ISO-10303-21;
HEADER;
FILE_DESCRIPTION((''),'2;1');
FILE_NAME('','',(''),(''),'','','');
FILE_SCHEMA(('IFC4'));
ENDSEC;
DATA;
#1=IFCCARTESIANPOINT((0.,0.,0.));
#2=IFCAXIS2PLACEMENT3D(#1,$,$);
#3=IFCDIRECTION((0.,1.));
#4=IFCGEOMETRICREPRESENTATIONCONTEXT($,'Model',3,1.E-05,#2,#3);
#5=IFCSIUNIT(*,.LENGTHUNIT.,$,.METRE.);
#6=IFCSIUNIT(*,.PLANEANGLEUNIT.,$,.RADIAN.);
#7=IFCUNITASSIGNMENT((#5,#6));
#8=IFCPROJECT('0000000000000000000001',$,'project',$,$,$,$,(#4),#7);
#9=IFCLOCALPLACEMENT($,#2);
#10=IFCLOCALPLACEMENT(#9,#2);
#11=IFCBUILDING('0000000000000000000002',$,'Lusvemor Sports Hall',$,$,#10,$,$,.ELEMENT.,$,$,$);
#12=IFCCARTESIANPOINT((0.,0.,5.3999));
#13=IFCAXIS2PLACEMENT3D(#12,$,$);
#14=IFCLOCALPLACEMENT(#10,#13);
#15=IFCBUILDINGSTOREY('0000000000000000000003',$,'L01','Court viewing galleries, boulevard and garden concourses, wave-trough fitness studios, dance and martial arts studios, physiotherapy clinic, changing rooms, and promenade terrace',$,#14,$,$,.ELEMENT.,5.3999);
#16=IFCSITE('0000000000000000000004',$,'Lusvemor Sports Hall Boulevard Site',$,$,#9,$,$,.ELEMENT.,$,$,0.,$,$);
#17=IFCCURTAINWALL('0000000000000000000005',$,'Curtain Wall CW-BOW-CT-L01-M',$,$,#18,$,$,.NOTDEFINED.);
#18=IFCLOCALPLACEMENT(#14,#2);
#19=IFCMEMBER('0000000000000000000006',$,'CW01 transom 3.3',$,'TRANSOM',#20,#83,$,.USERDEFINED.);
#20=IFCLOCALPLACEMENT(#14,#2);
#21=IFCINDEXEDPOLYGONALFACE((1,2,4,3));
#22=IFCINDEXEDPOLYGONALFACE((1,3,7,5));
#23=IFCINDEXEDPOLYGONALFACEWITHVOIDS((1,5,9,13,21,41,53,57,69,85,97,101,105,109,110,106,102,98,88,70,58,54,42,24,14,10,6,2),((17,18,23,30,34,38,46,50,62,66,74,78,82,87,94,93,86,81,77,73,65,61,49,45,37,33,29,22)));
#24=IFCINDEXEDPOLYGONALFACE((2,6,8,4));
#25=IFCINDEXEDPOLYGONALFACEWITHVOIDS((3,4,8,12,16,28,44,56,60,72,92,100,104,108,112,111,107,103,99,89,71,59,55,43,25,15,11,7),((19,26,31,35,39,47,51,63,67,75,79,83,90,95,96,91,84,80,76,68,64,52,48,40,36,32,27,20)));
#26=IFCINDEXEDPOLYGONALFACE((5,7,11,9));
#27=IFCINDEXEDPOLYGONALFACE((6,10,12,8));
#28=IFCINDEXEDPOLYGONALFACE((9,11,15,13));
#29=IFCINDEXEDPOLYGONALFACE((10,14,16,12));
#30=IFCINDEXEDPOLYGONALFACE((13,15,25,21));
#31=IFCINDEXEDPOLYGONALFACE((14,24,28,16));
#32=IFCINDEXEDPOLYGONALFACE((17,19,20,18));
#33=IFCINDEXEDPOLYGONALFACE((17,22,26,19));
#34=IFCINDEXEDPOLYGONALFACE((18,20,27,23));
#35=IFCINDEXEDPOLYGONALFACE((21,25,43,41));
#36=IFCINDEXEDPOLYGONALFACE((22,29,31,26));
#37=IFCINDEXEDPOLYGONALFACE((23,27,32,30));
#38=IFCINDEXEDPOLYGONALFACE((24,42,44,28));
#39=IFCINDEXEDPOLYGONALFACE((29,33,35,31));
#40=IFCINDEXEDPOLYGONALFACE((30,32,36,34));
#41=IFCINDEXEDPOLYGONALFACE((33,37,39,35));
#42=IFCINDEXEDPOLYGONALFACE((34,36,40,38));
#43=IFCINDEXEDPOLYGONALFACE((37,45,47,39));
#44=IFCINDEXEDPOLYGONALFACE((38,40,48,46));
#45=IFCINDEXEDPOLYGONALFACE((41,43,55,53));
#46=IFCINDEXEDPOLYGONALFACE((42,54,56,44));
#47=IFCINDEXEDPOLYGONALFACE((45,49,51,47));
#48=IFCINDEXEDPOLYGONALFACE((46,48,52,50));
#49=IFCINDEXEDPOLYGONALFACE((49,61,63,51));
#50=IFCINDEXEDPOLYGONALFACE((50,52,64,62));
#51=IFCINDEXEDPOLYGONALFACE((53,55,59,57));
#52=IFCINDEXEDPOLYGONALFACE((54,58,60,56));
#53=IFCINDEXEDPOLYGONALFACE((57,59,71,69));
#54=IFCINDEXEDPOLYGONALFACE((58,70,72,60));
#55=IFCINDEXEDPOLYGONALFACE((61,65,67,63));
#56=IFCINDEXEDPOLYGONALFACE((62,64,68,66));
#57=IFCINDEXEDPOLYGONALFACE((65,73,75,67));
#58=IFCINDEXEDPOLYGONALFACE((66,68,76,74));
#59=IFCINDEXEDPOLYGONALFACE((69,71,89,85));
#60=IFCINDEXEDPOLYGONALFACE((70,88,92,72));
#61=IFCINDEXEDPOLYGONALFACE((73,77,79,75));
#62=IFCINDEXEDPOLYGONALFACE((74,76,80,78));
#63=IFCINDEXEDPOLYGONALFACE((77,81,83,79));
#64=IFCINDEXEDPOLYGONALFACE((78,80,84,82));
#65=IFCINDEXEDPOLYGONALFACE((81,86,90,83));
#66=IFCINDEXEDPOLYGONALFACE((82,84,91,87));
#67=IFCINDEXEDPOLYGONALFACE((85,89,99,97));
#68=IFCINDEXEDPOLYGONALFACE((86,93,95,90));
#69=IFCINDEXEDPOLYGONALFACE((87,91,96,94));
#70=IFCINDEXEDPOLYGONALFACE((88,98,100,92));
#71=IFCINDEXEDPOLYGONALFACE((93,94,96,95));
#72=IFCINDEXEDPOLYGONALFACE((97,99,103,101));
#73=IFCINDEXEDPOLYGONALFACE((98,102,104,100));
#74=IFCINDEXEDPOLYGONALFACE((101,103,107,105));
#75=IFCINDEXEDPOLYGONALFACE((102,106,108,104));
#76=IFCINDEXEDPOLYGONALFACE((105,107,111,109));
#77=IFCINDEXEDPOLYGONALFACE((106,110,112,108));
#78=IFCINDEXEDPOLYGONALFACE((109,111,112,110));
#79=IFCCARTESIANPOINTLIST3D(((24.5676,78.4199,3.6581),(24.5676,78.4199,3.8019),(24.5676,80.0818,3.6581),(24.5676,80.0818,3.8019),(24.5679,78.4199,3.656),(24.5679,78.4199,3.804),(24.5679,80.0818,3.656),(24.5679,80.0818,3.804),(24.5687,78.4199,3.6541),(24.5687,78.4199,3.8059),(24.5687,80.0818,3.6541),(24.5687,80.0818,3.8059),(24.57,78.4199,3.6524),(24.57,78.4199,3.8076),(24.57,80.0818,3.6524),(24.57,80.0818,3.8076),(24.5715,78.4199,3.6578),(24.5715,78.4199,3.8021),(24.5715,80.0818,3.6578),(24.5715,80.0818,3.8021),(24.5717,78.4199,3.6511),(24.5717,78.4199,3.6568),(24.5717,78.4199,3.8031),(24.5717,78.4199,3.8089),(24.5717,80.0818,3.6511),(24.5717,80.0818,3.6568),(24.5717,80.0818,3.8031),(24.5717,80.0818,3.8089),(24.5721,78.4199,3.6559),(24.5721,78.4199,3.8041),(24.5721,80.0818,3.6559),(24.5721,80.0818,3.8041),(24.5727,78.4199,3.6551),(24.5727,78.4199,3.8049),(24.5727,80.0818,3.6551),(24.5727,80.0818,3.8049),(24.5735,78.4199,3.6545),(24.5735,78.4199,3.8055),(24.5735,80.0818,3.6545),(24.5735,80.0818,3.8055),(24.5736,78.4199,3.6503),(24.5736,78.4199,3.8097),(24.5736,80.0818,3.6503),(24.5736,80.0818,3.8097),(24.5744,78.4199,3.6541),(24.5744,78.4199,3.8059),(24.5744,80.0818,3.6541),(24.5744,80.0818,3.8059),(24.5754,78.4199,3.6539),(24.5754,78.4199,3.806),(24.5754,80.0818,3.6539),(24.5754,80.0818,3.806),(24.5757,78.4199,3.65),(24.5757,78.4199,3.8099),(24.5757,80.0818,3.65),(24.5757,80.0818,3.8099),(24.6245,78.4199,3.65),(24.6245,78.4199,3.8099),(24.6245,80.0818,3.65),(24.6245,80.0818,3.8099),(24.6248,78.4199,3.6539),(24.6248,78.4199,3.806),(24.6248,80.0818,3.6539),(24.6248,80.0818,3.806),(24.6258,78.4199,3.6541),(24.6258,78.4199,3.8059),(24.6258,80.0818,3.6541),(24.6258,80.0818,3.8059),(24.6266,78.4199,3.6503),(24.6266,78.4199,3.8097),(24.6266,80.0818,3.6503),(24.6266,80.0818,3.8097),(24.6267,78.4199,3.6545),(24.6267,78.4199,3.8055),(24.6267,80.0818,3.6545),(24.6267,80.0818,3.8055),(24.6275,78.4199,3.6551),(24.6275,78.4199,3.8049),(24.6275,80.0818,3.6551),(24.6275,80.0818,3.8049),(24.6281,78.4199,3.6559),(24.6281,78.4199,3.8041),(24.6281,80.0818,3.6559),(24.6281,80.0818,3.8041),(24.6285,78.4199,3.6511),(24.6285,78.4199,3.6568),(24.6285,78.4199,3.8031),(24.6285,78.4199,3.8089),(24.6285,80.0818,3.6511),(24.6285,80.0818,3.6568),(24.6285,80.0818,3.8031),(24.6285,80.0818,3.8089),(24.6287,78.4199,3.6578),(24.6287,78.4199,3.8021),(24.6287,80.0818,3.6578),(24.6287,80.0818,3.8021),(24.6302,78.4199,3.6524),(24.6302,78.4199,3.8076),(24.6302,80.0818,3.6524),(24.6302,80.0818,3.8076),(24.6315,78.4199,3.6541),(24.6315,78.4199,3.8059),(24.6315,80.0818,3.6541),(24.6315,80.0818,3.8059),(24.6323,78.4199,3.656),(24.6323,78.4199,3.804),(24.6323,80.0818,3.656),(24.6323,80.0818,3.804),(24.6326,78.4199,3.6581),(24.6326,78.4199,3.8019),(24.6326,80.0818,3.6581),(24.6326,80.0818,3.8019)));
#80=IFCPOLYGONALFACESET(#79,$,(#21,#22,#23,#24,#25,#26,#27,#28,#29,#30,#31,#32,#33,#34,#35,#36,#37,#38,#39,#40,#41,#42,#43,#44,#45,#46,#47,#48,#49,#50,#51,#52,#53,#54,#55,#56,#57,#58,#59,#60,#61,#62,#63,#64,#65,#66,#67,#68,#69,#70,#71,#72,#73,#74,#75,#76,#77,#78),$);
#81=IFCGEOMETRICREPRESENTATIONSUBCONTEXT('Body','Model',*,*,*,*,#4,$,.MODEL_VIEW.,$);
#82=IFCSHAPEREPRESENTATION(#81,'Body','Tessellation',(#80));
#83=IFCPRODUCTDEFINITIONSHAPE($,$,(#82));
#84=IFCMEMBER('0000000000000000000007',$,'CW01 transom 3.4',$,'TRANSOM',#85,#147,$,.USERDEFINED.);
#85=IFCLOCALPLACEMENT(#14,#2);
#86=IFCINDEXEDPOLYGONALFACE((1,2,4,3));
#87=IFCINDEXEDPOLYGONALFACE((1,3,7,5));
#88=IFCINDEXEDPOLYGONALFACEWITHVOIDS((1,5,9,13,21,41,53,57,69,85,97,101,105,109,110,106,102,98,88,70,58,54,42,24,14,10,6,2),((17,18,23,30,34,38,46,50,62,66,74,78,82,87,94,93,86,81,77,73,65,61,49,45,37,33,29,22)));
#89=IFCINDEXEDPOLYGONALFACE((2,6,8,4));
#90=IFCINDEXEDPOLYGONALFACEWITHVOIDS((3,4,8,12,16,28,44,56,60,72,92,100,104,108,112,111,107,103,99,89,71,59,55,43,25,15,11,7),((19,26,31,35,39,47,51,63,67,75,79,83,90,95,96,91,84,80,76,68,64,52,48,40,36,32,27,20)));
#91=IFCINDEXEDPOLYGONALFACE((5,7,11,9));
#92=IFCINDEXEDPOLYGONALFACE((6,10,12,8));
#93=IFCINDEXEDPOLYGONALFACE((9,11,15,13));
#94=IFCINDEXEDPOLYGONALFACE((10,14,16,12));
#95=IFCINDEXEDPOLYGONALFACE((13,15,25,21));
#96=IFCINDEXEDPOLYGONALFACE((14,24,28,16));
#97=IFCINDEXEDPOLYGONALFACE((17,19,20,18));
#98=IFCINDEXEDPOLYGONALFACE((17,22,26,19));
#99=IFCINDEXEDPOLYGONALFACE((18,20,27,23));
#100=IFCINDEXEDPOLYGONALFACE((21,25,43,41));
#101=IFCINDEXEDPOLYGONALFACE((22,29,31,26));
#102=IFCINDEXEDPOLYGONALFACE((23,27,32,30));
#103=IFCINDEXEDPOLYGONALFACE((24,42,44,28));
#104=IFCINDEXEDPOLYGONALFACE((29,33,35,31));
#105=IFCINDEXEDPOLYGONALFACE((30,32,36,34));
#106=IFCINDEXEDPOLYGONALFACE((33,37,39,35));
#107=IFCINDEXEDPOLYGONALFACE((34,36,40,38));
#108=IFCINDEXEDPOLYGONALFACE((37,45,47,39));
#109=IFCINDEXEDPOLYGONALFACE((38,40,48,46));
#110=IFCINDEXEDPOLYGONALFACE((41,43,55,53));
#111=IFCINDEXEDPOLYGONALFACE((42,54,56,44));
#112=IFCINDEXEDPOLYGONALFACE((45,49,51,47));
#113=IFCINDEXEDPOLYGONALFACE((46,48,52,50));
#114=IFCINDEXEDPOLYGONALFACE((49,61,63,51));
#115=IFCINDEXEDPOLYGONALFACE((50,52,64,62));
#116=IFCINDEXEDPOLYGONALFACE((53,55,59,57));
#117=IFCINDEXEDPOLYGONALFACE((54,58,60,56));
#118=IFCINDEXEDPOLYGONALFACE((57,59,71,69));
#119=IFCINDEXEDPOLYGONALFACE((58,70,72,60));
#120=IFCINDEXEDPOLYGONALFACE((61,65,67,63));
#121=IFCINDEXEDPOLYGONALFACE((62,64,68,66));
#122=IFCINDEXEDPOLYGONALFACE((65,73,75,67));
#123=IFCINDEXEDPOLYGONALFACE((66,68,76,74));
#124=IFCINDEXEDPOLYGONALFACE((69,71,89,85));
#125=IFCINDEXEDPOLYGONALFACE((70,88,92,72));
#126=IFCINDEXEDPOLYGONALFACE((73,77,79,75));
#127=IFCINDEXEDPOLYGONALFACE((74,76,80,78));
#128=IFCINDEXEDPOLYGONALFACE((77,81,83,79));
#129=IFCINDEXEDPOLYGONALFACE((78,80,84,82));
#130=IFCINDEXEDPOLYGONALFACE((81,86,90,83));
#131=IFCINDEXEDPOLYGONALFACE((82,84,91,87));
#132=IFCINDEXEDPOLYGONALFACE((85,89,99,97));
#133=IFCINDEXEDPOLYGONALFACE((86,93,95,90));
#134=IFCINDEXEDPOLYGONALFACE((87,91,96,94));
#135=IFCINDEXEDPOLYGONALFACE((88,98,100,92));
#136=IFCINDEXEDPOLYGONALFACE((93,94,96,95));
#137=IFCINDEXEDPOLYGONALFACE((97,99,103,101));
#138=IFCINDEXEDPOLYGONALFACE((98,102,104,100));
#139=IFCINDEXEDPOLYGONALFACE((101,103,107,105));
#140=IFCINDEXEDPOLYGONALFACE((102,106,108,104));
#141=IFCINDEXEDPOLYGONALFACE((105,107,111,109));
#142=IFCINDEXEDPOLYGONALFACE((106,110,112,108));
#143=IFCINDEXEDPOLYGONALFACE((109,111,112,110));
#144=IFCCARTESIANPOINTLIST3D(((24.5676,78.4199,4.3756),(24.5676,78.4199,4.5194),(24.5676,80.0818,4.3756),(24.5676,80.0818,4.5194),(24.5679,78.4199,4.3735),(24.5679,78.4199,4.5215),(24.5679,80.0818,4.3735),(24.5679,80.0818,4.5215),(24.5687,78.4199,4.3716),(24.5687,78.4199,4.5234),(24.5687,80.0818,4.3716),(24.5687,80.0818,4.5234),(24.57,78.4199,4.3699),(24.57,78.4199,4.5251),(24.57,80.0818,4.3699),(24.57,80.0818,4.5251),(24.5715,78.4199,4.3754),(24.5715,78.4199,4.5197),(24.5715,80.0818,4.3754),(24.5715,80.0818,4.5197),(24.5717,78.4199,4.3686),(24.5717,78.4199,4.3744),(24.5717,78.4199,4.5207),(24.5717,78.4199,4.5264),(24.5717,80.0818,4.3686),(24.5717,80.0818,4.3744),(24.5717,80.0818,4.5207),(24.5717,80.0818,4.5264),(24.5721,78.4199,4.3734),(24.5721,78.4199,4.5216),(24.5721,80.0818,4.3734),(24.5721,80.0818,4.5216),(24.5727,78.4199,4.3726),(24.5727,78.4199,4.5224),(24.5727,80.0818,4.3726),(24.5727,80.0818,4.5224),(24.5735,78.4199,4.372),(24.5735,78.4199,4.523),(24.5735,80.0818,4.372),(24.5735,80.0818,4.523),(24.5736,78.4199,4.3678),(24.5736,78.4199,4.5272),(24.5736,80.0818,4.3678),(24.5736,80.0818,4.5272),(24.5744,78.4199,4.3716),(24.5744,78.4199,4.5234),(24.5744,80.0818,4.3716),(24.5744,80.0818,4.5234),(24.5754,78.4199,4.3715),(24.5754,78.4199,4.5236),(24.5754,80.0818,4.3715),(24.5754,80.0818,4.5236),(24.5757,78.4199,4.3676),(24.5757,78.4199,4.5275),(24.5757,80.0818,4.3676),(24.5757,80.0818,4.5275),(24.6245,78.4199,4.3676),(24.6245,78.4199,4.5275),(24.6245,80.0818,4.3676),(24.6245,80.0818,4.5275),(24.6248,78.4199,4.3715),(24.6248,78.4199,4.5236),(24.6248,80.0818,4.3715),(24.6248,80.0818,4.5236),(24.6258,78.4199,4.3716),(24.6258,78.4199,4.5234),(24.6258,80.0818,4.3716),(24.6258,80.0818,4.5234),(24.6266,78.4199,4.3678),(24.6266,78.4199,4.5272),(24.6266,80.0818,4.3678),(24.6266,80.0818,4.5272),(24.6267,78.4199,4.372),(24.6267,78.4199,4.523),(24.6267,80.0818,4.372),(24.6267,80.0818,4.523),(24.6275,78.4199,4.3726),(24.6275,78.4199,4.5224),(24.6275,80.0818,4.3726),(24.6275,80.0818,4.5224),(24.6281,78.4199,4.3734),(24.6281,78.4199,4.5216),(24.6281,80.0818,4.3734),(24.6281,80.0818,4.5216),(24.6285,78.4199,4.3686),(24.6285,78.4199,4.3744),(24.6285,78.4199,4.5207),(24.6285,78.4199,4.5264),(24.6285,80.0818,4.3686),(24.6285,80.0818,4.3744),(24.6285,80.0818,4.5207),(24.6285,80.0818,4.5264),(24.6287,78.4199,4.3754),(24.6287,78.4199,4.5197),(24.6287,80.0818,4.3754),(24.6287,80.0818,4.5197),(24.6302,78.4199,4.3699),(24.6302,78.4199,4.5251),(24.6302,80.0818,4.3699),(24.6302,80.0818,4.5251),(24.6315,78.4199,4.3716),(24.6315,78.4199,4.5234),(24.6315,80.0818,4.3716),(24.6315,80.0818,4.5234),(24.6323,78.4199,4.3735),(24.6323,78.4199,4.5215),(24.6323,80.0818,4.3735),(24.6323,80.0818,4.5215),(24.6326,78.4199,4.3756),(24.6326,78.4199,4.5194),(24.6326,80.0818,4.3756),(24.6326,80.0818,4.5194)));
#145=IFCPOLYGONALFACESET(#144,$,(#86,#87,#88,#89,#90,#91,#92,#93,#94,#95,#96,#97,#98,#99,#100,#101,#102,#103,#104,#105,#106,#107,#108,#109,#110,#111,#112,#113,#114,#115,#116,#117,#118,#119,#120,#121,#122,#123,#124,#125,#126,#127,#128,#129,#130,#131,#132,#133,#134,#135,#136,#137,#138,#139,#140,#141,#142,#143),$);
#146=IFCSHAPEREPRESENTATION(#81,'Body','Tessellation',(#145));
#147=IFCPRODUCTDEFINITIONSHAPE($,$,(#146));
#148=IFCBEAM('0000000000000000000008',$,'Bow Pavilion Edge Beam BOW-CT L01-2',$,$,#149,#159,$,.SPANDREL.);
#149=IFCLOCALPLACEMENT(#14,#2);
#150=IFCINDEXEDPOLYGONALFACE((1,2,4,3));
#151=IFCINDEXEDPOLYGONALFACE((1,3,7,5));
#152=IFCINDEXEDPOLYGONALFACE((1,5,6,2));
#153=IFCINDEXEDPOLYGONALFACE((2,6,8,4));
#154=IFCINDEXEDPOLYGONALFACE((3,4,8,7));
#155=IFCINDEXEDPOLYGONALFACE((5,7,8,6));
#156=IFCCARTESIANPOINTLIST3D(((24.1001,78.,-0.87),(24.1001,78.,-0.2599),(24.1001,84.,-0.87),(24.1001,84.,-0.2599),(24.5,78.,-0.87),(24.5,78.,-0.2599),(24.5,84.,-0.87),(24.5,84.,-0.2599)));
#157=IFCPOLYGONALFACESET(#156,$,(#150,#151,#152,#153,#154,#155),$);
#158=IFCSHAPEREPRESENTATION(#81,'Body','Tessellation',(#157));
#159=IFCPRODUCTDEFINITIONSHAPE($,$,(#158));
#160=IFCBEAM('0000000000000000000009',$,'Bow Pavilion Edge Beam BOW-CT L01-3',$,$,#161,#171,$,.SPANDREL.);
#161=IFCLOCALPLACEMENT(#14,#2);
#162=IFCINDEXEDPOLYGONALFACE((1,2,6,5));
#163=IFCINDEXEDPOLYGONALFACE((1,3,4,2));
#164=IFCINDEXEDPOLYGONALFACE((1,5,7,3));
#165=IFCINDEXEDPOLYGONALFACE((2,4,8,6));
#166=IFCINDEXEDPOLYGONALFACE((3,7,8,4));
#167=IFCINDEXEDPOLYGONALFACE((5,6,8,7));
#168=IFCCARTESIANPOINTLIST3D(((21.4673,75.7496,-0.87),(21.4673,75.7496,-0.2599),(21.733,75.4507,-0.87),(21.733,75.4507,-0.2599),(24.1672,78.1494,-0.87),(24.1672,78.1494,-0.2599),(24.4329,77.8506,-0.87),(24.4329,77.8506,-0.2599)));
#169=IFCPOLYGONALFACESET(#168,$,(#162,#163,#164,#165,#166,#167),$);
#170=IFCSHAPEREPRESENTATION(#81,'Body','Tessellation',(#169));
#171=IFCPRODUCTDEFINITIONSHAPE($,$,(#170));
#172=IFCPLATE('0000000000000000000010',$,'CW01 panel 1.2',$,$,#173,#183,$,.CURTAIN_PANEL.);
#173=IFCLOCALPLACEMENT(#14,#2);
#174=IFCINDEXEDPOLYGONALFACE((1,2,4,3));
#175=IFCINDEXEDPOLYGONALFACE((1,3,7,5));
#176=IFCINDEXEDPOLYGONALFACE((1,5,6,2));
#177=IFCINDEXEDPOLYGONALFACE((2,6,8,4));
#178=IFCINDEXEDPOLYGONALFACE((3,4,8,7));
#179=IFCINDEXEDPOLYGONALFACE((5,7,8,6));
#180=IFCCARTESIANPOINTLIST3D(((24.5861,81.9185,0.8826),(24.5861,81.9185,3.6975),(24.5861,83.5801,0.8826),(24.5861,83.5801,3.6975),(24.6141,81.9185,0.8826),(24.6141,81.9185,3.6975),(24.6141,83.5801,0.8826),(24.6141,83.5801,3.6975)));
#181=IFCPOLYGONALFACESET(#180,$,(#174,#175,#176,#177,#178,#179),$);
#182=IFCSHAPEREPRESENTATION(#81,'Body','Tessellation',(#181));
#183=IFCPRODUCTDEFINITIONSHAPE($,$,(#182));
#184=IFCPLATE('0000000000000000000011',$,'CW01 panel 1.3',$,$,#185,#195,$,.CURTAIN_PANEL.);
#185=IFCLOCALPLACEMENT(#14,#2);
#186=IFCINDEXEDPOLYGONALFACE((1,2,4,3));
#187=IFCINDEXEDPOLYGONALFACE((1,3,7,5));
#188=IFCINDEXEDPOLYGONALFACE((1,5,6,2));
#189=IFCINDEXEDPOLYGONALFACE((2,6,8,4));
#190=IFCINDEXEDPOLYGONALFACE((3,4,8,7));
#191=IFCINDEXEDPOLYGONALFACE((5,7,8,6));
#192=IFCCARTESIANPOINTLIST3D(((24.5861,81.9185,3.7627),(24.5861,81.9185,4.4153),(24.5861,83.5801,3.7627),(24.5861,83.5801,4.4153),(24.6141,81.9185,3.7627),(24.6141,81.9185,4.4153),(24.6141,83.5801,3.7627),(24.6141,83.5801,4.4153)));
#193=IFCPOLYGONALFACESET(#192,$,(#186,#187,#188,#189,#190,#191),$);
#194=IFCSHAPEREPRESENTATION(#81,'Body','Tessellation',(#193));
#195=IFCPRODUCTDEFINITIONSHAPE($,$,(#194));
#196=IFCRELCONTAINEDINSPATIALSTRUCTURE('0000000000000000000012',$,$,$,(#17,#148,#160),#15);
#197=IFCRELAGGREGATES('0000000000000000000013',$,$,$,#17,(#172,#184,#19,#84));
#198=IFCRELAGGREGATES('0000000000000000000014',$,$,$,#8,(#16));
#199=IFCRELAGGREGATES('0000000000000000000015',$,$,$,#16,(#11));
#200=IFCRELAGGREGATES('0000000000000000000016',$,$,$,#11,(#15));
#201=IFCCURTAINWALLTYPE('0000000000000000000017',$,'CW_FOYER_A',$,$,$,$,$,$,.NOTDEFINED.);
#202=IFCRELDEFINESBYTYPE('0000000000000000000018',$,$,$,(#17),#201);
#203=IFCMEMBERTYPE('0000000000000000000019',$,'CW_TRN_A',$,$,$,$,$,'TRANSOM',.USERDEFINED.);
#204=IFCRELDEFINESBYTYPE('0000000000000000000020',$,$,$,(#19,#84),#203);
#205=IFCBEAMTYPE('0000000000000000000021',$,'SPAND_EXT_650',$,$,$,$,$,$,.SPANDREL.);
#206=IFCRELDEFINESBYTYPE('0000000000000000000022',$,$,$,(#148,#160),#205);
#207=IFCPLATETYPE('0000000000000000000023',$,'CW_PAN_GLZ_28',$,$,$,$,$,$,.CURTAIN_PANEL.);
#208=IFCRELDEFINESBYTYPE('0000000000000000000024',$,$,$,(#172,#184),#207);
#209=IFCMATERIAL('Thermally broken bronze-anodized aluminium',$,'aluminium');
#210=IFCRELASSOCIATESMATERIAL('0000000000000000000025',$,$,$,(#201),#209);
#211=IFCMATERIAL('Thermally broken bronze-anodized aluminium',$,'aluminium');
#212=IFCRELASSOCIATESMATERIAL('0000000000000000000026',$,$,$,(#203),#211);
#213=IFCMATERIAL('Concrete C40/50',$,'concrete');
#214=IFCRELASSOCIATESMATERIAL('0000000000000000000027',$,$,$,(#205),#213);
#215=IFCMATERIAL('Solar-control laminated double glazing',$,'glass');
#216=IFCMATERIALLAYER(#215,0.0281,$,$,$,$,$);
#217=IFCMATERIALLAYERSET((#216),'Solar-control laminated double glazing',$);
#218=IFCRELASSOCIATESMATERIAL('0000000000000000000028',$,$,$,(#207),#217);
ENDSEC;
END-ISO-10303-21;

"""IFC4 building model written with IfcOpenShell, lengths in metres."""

from ifc_helpers import new_model, si_unit, direction, frame, origin, origin_2d, place, context, subcontext, project, spatial, rectangle, hollow_rectangle, extrude, material, layer, layer_set, material_profile, profile_set, type_object, element, aggregate, save


model = new_model("IFC4")

# Units and contexts
model_context = context("Model", 3, precision=1e-05, world=origin(), true_north=direction((0.0, 1.0)))
body_context = subcontext(model_context, "Body", "Model", "MODEL_VIEW")
ifc_project = project(units=[si_unit("LENGTHUNIT", "METRE"), si_unit("PLANEANGLEUNIT", "RADIAN")], contexts=[model_context])

# Site, building, storey
site_placement = place(None, origin())
site = spatial("IfcSite", under=ifc_project, at=site_placement, Name="Lusvemor Sports Hall Boulevard Site", CompositionType="ELEMENT", RefElevation=0.0)
building_placement = place(site_placement, origin())
building = spatial("IfcBuilding", under=site, at=building_placement, Name="Lusvemor Sports Hall", CompositionType="ELEMENT")
storey_placement = place(building_placement, frame((0.0, 0.0, 5.3999)))
storey = spatial("IfcBuildingStorey", under=building, at=storey_placement, Name="L01", Description="Court viewing galleries, boulevard and garden concourses, wave-trough fitness studios, dance and martial arts studios, physiotherapy clinic, changing rooms, and promenade terrace", CompositionType="ELEMENT", Elevation=5.3999)

# Curtain wall, members
ifc_material_1 = material(Name="Thermally broken bronze-anodized aluminium", Category="aluminium")
curtain_wall_type = type_object("IfcCurtainWallType", Name="CW_FOYER_A", PredefinedType="NOTDEFINED", material=ifc_material_1)
curtain_wall_placement = place(storey_placement, origin())
curtain_wall = element("IfcCurtainWall", 1, at=curtain_wall_placement, inside=storey, type_object=curtain_wall_type, Name="Curtain Wall CW-BOW-CT-L01-M", PredefinedType="NOTDEFINED")
ifc_material_2 = material(Name="Thermally broken bronze-anodized aluminium", Category="aluminium")
ifc_material_profile_1 = material_profile(ifc_material_2, hollow_rectangle(XDim=0.0649, YDim=0.1599, WallThickness=0.0039, InnerFilletRadius=0.0039, OuterFilletRadius=0.0081, at=origin_2d()), Name="CWTRN160x65x4")
ifc_profile_set_1 = profile_set([ifc_material_profile_1], Name="Thermally broken bronze-anodized aluminium")
member_type_1 = type_object("IfcMemberType", Name="CW_TRN_A", ElementType="TRANSOM", PredefinedType="USERDEFINED", material=ifc_profile_set_1)
member_1_placement = place(storey_placement, frame((24.6001, 80.0818, 3.73), z_axis=(0.0, -1.0, 0.0), x_axis=(1.0, 0.0, 0.0)))
member_1 = element("IfcMember", 2, at=member_1_placement, type_object=member_type_1, Name="CW01 transom 3.3", ObjectType="TRANSOM", PredefinedType="USERDEFINED", context=body_context, shape_type="SweptSolid", body=[
    extrude(hollow_rectangle(XDim=0.0649, YDim=0.1599, WallThickness=0.0039, InnerFilletRadius=0.0039, OuterFilletRadius=0.0081, at=origin_2d()), origin(), (0.0, 0.0, 1.0), 1.6619),
])
member_2_placement = place(storey_placement, frame((24.6001, 80.0818, 4.4475), z_axis=(0.0, -1.0, 0.0), x_axis=(1.0, 0.0, 0.0)))
member_2 = element("IfcMember", 3, at=member_2_placement, type_object=member_type_1, Name="CW01 transom 3.4", ObjectType="TRANSOM", PredefinedType="USERDEFINED", context=body_context, shape_type="SweptSolid", body=[
    extrude(hollow_rectangle(XDim=0.0649, YDim=0.1599, WallThickness=0.0039, InnerFilletRadius=0.0039, OuterFilletRadius=0.0081, at=origin_2d()), origin(), (0.0, 0.0, 1.0), 1.6619),
])

# Beams
ifc_material_3 = material(Name="Concrete C40/50", Category="concrete")
ifc_material_profile_2 = material_profile(ifc_material_3, rectangle(XDim=0.3999, YDim=0.6101, at=origin_2d()), Name="RC400x610")
ifc_profile_set_2 = profile_set([ifc_material_profile_2], Name="Concrete C40/50")
beam_type = type_object("IfcBeamType", Name="SPAND_EXT_650", PredefinedType="SPANDREL", material=ifc_profile_set_2)
beam_1_placement = place(storey_placement, frame((24.3, 84.0, -0.5649), z_axis=(0.0, -1.0, 0.0), x_axis=(1.0, 0.0, 0.0)))
element("IfcBeam", 4, at=beam_1_placement, inside=storey, type_object=beam_type, Name="Bow Pavilion Edge Beam BOW-CT L01-2", PredefinedType="SPANDREL", context=body_context, shape_type="SweptSolid", body=[
    extrude(rectangle(XDim=0.3999, YDim=0.6101, at=origin_2d()), origin(), (0.0, 0.0, 1.0), 6.0),
])
beam_2_placement = place(storey_placement, frame((24.3, 78.0, -0.5649), z_axis=(-0.747417, -0.664355, 0.0), x_axis=(0.664355, -0.747417, 0.0)))
element("IfcBeam", 5, at=beam_2_placement, inside=storey, type_object=beam_type, Name="Bow Pavilion Edge Beam BOW-CT L01-3", PredefinedType="SPANDREL", context=body_context, shape_type="SweptSolid", body=[
    extrude(rectangle(XDim=0.3999, YDim=0.6101, at=origin_2d()), origin(), (0.0, 0.0, 1.0), 3.6123),
])

# Plates
ifc_material_4 = material(Name="Solar-control laminated double glazing", Category="glass")
ifc_layer_1 = layer(ifc_material_4, 0.0281)
ifc_layer_set_1 = layer_set([ifc_layer_1], Name="Solar-control laminated double glazing")
plate_type_1 = type_object("IfcPlateType", Name="CW_PAN_GLZ_28", PredefinedType="CURTAIN_PANEL", material=ifc_layer_set_1)
plate_1_placement = place(storey_placement, frame((24.6001, 82.7493, 0.8826), z_axis=(0.0, 0.0, 1.0), x_axis=(0.0, -1.0, 0.0)))
plate_1 = element("IfcPlate", 6, at=plate_1_placement, type_object=plate_type_1, Name="CW01 panel 1.2", PredefinedType="CURTAIN_PANEL", context=body_context, shape_type="SweptSolid", body=[
    extrude(rectangle(XDim=1.6616, YDim=0.0281, at=origin_2d()), origin(), (0.0, 0.0, 1.0), 2.8149),
])
plate_2_placement = place(storey_placement, frame((24.6001, 82.7493, 3.7627), z_axis=(0.0, 0.0, 1.0), x_axis=(0.0, -1.0, 0.0)))
plate_2 = element("IfcPlate", 7, at=plate_2_placement, type_object=plate_type_1, Name="CW01 panel 1.3", PredefinedType="CURTAIN_PANEL", context=body_context, shape_type="SweptSolid", body=[
    extrude(rectangle(XDim=1.6616, YDim=0.0281, at=origin_2d()), origin(), (0.0, 0.0, 1.0), 0.6526),
])
aggregate(curtain_wall, [plate_1, plate_2, member_1, member_2])

save(model, "model.ifc")
